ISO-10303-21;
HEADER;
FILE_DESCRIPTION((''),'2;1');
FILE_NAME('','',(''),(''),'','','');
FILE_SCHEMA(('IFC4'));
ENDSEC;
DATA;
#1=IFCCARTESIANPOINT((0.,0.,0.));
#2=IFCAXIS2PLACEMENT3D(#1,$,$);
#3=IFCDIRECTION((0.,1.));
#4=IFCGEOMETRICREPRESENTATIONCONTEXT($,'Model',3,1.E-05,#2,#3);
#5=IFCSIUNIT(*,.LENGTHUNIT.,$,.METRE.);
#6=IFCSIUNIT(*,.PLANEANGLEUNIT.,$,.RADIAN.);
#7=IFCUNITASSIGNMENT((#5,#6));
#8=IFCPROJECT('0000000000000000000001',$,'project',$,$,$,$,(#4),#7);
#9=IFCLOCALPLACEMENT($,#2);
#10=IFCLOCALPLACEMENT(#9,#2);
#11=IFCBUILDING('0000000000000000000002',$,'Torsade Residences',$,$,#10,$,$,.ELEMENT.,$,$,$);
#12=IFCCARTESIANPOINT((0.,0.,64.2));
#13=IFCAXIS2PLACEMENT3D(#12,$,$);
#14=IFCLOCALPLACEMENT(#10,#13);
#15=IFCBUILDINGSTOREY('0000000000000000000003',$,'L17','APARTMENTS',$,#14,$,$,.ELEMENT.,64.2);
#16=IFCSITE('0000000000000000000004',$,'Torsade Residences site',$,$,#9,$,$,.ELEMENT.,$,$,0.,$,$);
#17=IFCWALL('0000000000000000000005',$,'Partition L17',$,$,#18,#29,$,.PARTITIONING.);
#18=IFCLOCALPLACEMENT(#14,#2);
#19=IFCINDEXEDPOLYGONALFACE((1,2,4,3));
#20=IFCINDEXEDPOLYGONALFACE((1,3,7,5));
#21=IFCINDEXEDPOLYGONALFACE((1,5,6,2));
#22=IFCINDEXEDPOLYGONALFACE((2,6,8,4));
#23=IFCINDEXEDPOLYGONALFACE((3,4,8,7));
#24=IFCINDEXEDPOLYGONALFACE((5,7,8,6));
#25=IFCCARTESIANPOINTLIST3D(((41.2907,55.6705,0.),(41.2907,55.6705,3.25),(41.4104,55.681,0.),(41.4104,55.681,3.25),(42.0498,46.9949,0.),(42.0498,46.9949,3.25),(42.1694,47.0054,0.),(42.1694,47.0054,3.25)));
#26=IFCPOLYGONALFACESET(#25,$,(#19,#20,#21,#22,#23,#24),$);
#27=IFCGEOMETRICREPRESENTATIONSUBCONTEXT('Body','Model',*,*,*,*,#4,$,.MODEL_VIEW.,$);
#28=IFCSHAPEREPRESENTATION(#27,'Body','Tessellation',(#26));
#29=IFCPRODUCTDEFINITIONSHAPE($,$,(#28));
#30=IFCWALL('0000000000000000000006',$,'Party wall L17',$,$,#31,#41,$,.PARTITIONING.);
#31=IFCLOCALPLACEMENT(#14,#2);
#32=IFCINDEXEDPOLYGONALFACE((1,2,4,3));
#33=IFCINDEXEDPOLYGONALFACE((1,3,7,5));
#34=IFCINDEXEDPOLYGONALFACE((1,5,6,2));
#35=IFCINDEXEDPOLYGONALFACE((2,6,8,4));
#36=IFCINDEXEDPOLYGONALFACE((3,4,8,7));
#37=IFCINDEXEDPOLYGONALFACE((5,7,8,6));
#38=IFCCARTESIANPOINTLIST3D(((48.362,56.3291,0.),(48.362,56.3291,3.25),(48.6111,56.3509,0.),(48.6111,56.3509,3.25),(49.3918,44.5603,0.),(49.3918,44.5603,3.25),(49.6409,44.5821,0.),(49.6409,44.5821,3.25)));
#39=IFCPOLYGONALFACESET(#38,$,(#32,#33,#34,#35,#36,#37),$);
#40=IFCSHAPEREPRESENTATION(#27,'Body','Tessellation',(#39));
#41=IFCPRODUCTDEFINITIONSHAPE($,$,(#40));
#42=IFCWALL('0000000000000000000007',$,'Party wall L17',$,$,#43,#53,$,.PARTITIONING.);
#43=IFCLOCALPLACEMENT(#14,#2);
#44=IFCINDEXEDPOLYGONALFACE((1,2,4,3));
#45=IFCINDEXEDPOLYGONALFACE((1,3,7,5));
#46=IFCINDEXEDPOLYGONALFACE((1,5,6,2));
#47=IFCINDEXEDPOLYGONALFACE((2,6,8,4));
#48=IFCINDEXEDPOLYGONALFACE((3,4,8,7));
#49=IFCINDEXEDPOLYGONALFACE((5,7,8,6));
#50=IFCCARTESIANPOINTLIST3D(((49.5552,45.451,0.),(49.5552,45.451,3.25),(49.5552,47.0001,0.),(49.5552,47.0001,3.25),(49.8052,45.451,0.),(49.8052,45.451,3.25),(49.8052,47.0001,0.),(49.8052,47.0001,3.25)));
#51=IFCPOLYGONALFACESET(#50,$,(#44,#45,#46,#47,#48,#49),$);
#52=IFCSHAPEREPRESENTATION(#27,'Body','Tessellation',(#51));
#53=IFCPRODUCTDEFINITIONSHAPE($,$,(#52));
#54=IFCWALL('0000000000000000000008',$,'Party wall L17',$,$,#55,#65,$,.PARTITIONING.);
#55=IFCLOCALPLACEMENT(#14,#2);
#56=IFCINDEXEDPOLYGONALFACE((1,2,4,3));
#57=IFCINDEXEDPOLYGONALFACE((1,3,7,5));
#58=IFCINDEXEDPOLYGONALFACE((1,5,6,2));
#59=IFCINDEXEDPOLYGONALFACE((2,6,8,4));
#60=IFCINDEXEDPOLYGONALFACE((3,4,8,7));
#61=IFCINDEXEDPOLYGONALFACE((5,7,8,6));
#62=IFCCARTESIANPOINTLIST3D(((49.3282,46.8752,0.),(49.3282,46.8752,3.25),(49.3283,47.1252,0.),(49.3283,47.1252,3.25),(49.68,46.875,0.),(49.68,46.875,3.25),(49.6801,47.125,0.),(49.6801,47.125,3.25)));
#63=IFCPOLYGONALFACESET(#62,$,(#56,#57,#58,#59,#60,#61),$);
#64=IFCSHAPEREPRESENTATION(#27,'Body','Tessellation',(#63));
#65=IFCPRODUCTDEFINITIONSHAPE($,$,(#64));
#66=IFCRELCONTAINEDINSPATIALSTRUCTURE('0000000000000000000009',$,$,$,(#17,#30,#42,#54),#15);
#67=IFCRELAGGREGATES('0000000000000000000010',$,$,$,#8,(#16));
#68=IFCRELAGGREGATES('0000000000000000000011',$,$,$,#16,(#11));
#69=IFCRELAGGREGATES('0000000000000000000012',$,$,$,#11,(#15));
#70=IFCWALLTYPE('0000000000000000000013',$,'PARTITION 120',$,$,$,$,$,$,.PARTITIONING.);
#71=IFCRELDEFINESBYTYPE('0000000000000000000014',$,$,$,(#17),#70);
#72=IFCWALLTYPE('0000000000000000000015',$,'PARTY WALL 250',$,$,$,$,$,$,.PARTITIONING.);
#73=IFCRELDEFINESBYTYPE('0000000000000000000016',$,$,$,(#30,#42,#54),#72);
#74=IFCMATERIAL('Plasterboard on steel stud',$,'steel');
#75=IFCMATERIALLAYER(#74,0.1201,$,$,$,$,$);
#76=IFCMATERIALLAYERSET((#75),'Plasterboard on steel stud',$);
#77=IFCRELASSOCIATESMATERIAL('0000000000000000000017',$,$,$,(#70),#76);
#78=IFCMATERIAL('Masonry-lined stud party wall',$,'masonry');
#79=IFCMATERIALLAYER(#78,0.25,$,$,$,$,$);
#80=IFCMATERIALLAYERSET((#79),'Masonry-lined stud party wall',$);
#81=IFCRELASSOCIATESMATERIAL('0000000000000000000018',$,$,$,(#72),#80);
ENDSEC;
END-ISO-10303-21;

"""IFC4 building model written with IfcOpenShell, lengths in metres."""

from ifc_helpers import new_model, si_unit, direction, frame, frame_2d, origin, place, context, subcontext, project, spatial, rectangle, extrude, material, layer, layer_set, type_object, element, save


model = new_model("IFC4")

# Units and contexts
model_context = context("Model", 3, precision=1e-05, world=origin(), true_north=direction((0.0, 1.0)))
body_context = subcontext(model_context, "Body", "Model", "MODEL_VIEW")
ifc_project = project(units=[si_unit("LENGTHUNIT", "METRE"), si_unit("PLANEANGLEUNIT", "RADIAN")], contexts=[model_context])

# Site, building, storey
site_placement = place(None, origin())
site = spatial("IfcSite", under=ifc_project, at=site_placement, Name="Torsade Residences site", CompositionType="ELEMENT", RefElevation=0.0)
building_placement = place(site_placement, origin())
building = spatial("IfcBuilding", under=site, at=building_placement, Name="Torsade Residences", CompositionType="ELEMENT")
storey_placement = place(building_placement, frame((0.0, 0.0, 64.2)))
storey = spatial("IfcBuildingStorey", under=building, at=storey_placement, Name="L17", Description="APARTMENTS", CompositionType="ELEMENT", Elevation=64.2)

# Shared definitions
ifc_material_1 = material(Name="Plasterboard on steel stud", Category="steel")
ifc_layer_1 = layer(ifc_material_1, 0.1201)
ifc_layer_set_1 = layer_set([ifc_layer_1], Name="Plasterboard on steel stud")
wall_type_1 = type_object("IfcWallType", Name="PARTITION 120", PredefinedType="PARTITIONING", material=ifc_layer_set_1)

# Walls
wall_1_placement = place(storey_placement, frame((42.1096, 47.0, 0.0), z_axis=(0.0, 0.0, 1.0), x_axis=(-0.087158, 0.996194, 0.0)))
element("IfcWall", 1, at=wall_1_placement, inside=storey, type_object=wall_type_1, Name="Partition L17", PredefinedType="PARTITIONING", context=body_context, shape_type="SweptSolid", body=[
    extrude(rectangle(XDim=8.7087, YDim=0.1201, at=frame_2d((4.3545, 0.0))), origin(), (0.0, 0.0, 1.0), 3.25),
])
ifc_material_2 = material(Name="Masonry-lined stud party wall", Category="masonry")
ifc_layer_2 = layer(ifc_material_2, 0.25)
ifc_layer_set_2 = layer_set([ifc_layer_2], Name="Masonry-lined stud party wall")
wall_type_2 = type_object("IfcWallType", Name="PARTY WALL 250", PredefinedType="PARTITIONING", material=ifc_layer_set_2)
wall_2_placement = place(storey_placement, frame((48.4866, 56.3398, 0.0), z_axis=(0.0, 0.0, 1.0), x_axis=(0.087168, -0.996194, 0.0)))
element("IfcWall", 2, at=wall_2_placement, inside=storey, type_object=wall_type_2, Name="Party wall L17", PredefinedType="PARTITIONING", context=body_context, shape_type="SweptSolid", body=[
    extrude(rectangle(XDim=11.8137, YDim=0.25, at=frame_2d((5.9067, 0.0))), origin(), (0.0, 0.0, 1.0), 3.25),
])
wall_3_placement = place(storey_placement, frame((49.6802, 47.0, 0.0), z_axis=(0.0, 0.0, 1.0), x_axis=(0.0, -1.0, 0.0)))
element("IfcWall", 3, at=wall_3_placement, inside=storey, type_object=wall_type_2, Name="Party wall L17", PredefinedType="PARTITIONING", context=body_context, shape_type="SweptSolid", body=[
    extrude(rectangle(XDim=1.5491, YDim=0.25, at=frame_2d((0.7744, 0.0))), origin(), (0.0, 0.0, 1.0), 3.25),
])
wall_4_placement = place(storey_placement, frame((49.3284, 47.0002, 0.0), z_axis=(0.0, 0.0, 1.0), x_axis=(1.0, -0.000694, 0.0)))
element("IfcWall", 4, at=wall_4_placement, inside=storey, type_object=wall_type_2, Name="Party wall L17", PredefinedType="PARTITIONING", context=body_context, shape_type="SweptSolid", body=[
    extrude(rectangle(XDim=0.3518, YDim=0.25, at=frame_2d((0.1758, 0.0))), origin(), (0.0, 0.0, 1.0), 3.25),
])

save(model, "model.ifc")
